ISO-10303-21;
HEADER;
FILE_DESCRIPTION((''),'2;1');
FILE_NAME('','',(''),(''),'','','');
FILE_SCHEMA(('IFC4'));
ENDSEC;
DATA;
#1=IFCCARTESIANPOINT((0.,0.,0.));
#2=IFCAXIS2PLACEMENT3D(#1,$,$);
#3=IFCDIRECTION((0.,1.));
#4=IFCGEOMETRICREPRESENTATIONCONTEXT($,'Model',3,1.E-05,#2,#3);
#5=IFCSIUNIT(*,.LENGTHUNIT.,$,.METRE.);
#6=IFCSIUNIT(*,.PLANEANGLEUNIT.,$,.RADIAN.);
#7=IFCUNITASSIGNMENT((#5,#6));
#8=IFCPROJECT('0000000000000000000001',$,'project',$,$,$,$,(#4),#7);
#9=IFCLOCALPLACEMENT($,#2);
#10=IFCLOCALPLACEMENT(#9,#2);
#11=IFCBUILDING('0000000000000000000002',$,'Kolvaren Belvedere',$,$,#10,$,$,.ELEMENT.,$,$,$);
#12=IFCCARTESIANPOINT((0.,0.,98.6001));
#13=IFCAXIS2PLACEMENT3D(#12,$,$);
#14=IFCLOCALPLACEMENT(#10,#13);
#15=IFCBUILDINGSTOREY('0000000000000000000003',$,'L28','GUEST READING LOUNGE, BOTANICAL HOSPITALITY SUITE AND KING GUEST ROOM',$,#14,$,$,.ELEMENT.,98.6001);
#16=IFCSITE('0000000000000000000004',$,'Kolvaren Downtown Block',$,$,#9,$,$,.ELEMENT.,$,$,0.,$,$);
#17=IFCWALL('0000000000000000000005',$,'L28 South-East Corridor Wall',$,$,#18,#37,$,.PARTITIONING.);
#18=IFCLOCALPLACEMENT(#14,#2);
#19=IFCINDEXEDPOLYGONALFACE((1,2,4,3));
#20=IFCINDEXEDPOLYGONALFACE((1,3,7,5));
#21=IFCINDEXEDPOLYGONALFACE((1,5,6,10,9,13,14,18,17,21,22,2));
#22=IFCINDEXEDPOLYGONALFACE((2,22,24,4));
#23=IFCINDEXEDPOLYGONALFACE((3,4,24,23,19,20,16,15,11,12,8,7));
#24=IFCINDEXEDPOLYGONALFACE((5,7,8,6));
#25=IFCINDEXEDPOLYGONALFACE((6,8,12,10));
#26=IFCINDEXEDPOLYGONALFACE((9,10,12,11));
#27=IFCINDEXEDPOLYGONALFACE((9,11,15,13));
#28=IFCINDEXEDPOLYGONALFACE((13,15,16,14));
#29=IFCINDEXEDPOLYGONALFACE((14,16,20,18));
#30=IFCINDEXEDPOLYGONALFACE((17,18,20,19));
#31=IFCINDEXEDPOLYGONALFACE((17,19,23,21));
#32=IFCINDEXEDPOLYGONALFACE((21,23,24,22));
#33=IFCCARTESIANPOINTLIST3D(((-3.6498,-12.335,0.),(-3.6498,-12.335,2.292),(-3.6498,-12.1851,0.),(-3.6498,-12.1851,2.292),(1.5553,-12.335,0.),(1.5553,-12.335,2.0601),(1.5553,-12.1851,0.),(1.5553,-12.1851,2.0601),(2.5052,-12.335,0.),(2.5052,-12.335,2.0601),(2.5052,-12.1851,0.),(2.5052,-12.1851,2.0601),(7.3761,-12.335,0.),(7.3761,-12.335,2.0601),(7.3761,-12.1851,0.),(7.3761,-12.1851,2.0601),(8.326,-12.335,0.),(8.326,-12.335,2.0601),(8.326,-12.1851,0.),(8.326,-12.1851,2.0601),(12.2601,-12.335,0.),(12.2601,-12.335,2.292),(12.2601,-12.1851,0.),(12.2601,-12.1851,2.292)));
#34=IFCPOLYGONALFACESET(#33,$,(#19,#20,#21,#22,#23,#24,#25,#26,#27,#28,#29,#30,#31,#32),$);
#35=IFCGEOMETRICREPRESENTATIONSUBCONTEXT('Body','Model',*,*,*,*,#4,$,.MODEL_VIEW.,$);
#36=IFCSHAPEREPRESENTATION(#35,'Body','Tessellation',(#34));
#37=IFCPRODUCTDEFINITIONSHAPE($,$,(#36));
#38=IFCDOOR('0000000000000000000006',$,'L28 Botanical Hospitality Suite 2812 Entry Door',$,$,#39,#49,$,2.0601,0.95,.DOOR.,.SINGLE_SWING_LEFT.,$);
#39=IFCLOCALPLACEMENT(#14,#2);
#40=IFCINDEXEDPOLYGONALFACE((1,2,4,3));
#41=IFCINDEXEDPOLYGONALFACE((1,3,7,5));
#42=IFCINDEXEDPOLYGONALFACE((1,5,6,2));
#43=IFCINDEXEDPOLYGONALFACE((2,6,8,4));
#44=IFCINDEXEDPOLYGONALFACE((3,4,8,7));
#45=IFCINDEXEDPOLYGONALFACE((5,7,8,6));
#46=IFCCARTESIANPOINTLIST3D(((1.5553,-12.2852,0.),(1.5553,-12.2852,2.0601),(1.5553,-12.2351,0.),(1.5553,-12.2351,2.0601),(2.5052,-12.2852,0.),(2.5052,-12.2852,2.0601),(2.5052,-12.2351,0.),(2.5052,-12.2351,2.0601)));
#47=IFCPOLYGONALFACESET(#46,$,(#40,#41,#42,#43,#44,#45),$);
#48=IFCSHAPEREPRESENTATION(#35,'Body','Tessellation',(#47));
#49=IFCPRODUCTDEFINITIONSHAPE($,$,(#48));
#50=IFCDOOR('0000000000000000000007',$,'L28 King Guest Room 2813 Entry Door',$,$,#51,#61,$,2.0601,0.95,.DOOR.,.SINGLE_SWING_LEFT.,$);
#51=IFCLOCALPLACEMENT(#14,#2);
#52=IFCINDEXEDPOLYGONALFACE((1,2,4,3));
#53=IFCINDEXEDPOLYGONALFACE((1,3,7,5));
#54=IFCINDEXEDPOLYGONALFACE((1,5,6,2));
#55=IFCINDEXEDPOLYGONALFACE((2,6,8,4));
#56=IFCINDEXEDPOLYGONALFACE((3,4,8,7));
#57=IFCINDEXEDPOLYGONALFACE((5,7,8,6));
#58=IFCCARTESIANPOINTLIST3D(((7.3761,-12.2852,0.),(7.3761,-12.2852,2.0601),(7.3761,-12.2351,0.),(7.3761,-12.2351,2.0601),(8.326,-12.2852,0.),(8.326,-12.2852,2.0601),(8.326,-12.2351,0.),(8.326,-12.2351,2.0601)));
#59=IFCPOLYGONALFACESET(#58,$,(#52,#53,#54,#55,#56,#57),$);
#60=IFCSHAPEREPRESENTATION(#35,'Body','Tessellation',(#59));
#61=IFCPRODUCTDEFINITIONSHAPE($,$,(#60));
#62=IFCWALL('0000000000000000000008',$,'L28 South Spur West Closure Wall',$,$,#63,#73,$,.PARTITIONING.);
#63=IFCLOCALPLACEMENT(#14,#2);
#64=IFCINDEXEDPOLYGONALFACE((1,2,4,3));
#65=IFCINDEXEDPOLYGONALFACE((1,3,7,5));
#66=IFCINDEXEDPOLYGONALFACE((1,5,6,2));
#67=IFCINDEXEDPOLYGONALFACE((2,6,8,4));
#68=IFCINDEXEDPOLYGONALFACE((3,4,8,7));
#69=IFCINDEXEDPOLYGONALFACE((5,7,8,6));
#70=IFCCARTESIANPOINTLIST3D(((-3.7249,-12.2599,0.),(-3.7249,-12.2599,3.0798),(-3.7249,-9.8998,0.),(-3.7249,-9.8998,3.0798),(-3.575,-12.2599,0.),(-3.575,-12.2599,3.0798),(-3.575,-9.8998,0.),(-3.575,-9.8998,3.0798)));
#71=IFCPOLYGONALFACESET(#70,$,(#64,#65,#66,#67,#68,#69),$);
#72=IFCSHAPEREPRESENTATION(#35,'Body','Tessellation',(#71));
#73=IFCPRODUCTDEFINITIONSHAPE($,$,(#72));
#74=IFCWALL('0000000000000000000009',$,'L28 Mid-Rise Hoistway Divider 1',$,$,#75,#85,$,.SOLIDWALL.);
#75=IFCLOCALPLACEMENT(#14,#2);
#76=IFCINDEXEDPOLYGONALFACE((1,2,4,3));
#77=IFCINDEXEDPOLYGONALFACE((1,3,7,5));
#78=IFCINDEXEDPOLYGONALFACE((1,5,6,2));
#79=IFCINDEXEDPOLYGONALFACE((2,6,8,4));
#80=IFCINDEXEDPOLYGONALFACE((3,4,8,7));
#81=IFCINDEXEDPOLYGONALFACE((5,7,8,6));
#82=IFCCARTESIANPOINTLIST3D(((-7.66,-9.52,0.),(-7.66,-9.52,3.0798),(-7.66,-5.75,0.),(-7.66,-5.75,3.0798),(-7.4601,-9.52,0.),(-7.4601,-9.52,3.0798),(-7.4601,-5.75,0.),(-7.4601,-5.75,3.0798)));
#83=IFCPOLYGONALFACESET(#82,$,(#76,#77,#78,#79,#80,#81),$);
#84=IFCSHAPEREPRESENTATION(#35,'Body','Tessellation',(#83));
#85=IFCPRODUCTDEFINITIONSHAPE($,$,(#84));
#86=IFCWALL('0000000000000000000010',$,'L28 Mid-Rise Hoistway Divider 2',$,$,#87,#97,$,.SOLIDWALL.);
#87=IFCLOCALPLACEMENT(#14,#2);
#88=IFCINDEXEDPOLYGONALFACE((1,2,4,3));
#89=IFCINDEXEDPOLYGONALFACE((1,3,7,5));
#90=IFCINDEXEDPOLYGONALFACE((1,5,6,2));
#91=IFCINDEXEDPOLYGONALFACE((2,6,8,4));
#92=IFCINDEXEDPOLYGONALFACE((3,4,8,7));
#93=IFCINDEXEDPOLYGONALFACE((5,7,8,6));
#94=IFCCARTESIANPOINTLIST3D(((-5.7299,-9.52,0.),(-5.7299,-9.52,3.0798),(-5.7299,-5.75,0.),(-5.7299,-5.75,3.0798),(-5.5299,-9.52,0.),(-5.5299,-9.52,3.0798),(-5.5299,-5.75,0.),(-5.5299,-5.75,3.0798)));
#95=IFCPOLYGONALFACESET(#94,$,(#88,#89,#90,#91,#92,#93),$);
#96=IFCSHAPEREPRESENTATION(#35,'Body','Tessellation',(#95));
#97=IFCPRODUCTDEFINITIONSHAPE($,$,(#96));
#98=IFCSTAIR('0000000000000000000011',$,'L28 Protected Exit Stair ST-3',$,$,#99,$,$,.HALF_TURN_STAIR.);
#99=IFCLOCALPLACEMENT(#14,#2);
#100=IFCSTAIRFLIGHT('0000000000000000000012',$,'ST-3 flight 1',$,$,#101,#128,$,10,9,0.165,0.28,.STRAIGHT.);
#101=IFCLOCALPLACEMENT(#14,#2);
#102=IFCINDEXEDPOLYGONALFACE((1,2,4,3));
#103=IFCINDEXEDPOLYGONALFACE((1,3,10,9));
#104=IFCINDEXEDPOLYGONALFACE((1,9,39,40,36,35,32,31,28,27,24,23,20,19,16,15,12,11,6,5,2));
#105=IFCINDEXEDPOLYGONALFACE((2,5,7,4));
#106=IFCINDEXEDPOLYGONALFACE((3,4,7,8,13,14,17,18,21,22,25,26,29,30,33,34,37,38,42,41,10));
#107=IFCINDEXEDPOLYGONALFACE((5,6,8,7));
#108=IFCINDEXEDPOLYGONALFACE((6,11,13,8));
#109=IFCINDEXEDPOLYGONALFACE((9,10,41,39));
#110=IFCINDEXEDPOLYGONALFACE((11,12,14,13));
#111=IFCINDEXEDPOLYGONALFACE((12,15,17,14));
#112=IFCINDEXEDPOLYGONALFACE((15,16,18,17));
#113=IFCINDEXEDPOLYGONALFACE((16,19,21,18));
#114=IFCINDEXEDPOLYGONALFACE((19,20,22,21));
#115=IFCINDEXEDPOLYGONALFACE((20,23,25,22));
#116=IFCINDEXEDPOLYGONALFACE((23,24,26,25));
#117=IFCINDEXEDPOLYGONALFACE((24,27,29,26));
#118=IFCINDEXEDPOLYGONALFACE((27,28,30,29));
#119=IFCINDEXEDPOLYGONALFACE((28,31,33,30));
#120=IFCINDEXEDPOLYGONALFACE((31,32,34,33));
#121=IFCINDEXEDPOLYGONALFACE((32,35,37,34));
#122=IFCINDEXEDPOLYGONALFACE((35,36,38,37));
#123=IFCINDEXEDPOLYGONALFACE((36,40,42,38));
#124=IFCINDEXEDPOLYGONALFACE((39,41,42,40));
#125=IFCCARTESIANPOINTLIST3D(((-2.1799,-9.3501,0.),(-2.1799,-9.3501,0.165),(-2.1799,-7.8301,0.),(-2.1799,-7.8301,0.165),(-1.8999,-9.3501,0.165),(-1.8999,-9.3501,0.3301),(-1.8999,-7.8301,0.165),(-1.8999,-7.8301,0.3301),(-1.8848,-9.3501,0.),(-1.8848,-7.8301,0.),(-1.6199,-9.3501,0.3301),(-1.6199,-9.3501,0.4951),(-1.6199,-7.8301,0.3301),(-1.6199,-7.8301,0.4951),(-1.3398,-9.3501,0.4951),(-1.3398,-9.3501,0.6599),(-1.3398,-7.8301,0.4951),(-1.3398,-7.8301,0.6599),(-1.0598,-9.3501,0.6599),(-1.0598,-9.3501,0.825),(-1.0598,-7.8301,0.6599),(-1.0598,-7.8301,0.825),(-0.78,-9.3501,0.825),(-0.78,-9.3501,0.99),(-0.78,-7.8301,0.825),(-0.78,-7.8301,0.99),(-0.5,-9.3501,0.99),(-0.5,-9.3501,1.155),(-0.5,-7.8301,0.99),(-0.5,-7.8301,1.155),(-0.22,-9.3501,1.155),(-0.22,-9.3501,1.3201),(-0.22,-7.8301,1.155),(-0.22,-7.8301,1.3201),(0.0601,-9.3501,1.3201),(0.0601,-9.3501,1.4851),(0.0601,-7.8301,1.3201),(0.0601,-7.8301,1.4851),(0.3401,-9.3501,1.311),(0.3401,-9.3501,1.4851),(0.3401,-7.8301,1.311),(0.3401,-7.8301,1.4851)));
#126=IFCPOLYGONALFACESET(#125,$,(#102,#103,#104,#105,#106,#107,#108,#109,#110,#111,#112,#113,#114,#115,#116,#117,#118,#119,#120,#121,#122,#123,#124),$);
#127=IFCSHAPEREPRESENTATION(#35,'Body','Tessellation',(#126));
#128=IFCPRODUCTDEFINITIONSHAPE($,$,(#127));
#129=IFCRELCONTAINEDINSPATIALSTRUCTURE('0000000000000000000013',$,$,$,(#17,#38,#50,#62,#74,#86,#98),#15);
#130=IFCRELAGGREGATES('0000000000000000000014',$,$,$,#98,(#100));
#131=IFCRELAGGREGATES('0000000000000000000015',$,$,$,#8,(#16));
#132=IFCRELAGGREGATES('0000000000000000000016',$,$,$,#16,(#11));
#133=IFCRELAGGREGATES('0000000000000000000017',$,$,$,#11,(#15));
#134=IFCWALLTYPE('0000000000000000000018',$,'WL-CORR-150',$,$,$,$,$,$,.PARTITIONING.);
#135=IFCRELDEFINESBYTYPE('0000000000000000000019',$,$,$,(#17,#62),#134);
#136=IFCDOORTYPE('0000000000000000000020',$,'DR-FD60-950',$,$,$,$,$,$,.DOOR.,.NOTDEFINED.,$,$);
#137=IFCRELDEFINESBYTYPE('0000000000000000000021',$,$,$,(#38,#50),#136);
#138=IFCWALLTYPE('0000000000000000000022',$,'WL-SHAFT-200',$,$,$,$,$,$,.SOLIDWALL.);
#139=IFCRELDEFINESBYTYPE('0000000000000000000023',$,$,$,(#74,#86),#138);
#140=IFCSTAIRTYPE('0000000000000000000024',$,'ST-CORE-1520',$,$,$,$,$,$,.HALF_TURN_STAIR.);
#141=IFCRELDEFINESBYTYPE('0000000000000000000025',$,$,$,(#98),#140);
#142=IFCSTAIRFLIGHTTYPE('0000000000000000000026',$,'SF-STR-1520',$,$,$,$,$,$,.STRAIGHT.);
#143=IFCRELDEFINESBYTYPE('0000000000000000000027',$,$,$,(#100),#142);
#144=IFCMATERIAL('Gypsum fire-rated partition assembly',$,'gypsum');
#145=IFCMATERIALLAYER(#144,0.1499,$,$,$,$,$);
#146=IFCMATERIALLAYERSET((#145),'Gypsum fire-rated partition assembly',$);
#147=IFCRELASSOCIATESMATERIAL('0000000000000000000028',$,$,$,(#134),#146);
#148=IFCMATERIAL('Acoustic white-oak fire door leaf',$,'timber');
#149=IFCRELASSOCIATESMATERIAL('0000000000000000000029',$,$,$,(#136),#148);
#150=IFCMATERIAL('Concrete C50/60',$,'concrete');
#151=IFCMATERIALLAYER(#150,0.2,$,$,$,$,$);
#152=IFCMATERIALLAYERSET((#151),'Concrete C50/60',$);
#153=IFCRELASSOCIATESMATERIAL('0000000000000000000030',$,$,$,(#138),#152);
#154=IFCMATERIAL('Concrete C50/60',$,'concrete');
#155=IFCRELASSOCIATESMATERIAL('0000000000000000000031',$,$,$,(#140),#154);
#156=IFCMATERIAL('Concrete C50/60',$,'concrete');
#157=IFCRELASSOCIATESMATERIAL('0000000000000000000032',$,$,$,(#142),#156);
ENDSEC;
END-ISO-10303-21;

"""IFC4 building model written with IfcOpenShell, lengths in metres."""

from ifc_helpers import new_model, si_unit, direction, frame, frame_2d, origin, place, context, subcontext, project, spatial, polyline, rectangle, outline, extrude, material, layer, layer_set, type_object, element, fill, aggregate, save


model = new_model("IFC4")

# Units and contexts
model_context = context("Model", 3, precision=1e-05, world=origin(), true_north=direction((0.0, 1.0)))
body_context = subcontext(model_context, "Body", "Model", "MODEL_VIEW")
ifc_project = project(units=[si_unit("LENGTHUNIT", "METRE"), si_unit("PLANEANGLEUNIT", "RADIAN")], contexts=[model_context])

# Site, building, storey
site_placement = place(None, origin())
site = spatial("IfcSite", under=ifc_project, at=site_placement, Name="Kolvaren Downtown Block", CompositionType="ELEMENT", RefElevation=0.0)
building_placement = place(site_placement, origin())
building = spatial("IfcBuilding", under=site, at=building_placement, Name="Kolvaren Belvedere", CompositionType="ELEMENT")
storey_placement = place(building_placement, frame((0.0, 0.0, 98.6001)))
storey = spatial("IfcBuildingStorey", under=building, at=storey_placement, Name="L28", Description="GUEST READING LOUNGE, BOTANICAL HOSPITALITY SUITE AND KING GUEST ROOM", CompositionType="ELEMENT", Elevation=98.6001)

# Wall, openings, doors
ifc_material_1 = material(Name="Gypsum fire-rated partition assembly", Category="gypsum")
ifc_layer_1 = layer(ifc_material_1, 0.1499)
ifc_layer_set_1 = layer_set([ifc_layer_1], Name="Gypsum fire-rated partition assembly")
wall_type_1 = type_object("IfcWallType", Name="WL-CORR-150", PredefinedType="PARTITIONING", material=ifc_layer_set_1)
wall_1_placement = place(storey_placement, frame((-3.6499, -12.26, 0.0), z_axis=(0.0, 0.0, 1.0), x_axis=(1.0, 0.0, 0.0)))
wall_1 = element("IfcWall", 1, at=wall_1_placement, inside=storey, type_object=wall_type_1, Name="L28 South-East Corridor Wall", PredefinedType="PARTITIONING", context=body_context, shape_type="SweptSolid", body=[
    extrude(rectangle(XDim=15.9099, YDim=0.1499, at=frame_2d((7.9551, 0.0))), origin(), (0.0, 0.0, 1.0), 2.292),
])
opening_1_placement = place(wall_1_placement, frame((5.2051, 0.0, 0.0)))
opening_1 = element("IfcOpeningElement", 2, at=opening_1_placement, cuts=wall_1, PredefinedType="OPENING", context=body_context, shape_type="SweptSolid", body=[
    extrude(rectangle(XDim=0.95, YDim=2.0601, at=frame_2d((0.4751, 1.03))), frame((0.0, 0.085, 0.0), z_axis=(0.0, -1.0, 0.0), x_axis=(1.0, 0.0, 0.0)), (0.0, 0.0, 1.0), 0.1699),
])
opening_2_placement = place(wall_1_placement, frame((11.0259, 0.0, 0.0)))
opening_2 = element("IfcOpeningElement", 3, at=opening_2_placement, cuts=wall_1, PredefinedType="OPENING", context=body_context, shape_type="SweptSolid", body=[
    extrude(rectangle(XDim=0.95, YDim=2.0601, at=frame_2d((0.4751, 1.03))), frame((0.0, 0.085, 0.0), z_axis=(0.0, -1.0, 0.0), x_axis=(1.0, 0.0, 0.0)), (0.0, 0.0, 1.0), 0.1699),
])
ifc_material_2 = material(Name="Acoustic white-oak fire door leaf", Category="timber")
door_type = type_object("IfcDoorType", Name="DR-FD60-950", OperationType="NOTDEFINED", PredefinedType="DOOR", material=ifc_material_2)
door_1_placement = place(opening_1_placement, origin())
door_1 = element("IfcDoor", 4, at=door_1_placement, inside=storey, type_object=door_type, Name="L28 Botanical Hospitality Suite 2812 Entry Door", OperationType="SINGLE_SWING_LEFT", OverallHeight=2.0601, OverallWidth=0.95, PredefinedType="DOOR", context=body_context, shape_type="SweptSolid", body=[
    extrude(rectangle(XDim=0.95, YDim=2.0601, at=frame_2d((0.4751, 1.03))), frame((0.0, 0.0249, 0.0), z_axis=(0.0, -1.0, 0.0), x_axis=(1.0, 0.0, 0.0)), (0.0, 0.0, 1.0), 0.05),
])
fill(opening_1, door_1)
door_2_placement = place(opening_2_placement, origin())
door_2 = element("IfcDoor", 5, at=door_2_placement, inside=storey, type_object=door_type, Name="L28 King Guest Room 2813 Entry Door", OperationType="SINGLE_SWING_LEFT", OverallHeight=2.0601, OverallWidth=0.95, PredefinedType="DOOR", context=body_context, shape_type="SweptSolid", body=[
    extrude(rectangle(XDim=0.95, YDim=2.0601, at=frame_2d((0.4751, 1.03))), frame((0.0, 0.0249, 0.0), z_axis=(0.0, -1.0, 0.0), x_axis=(1.0, 0.0, 0.0)), (0.0, 0.0, 1.0), 0.05),
])
fill(opening_2, door_2)

# Walls
wall_2_placement = place(storey_placement, frame((-3.6499, -12.26, 0.0), z_axis=(0.0, 0.0, 1.0), x_axis=(0.0, 1.0, 0.0)))
element("IfcWall", 6, at=wall_2_placement, inside=storey, type_object=wall_type_1, Name="L28 South Spur West Closure Wall", PredefinedType="PARTITIONING", context=body_context, shape_type="SweptSolid", body=[
    extrude(rectangle(XDim=2.3601, YDim=0.1499, at=frame_2d((1.1802, 0.0))), origin(), (0.0, 0.0, 1.0), 3.0798),
])
ifc_material_3 = material(Name="Concrete C50/60", Category="concrete")
ifc_layer_2 = layer(ifc_material_3, 0.2)
ifc_layer_set_2 = layer_set([ifc_layer_2], Name="Concrete C50/60")
wall_type_2 = type_object("IfcWallType", Name="WL-SHAFT-200", PredefinedType="SOLIDWALL", material=ifc_layer_set_2)
for number, where, z_axis, x_axis, name in (
    (7, (-7.5601, -9.52, 0.0), (0.0, 0.0, 1.0), (0.0, 1.0, 0.0), "L28 Mid-Rise Hoistway Divider 1"),
    (8, (-5.6299, -9.52, 0.0), (0.0, 0.0, 1.0), (0.0, 1.0, 0.0), "L28 Mid-Rise Hoistway Divider 2"),
):
    element("IfcWall", number, at=place(storey_placement, frame(where, z_axis=z_axis, x_axis=x_axis)), inside=storey, type_object=wall_type_2, Name=name, PredefinedType="SOLIDWALL", context=body_context, shape_type="SweptSolid", body=[
        extrude(rectangle(XDim=3.77, YDim=0.2, at=frame_2d((1.885, 0.0))), origin(), (0.0, 0.0, 1.0), 3.0798),
    ])

# Stair, stair flight
ifc_material_4 = material(Name="Concrete C50/60", Category="concrete")
stair_type = type_object("IfcStairType", Name="ST-CORE-1520", PredefinedType="HALF_TURN_STAIR", material=ifc_material_4)
stair_placement = place(storey_placement, origin())
stair = element("IfcStair", 9, at=stair_placement, inside=storey, type_object=stair_type, Name="L28 Protected Exit Stair ST-3", PredefinedType="HALF_TURN_STAIR")
ifc_material_5 = material(Name="Concrete C50/60", Category="concrete")
stair_flight_type = type_object("IfcStairFlightType", Name="SF-STR-1520", PredefinedType="STRAIGHT", material=ifc_material_5)
stair_flight_placement = place(storey_placement, frame((-2.1799, -8.5901, 0.0), z_axis=(0.0, 0.0, 1.0), x_axis=(1.0, 0.0, 0.0)))
stair_flight = element("IfcStairFlight", 10, at=stair_flight_placement, type_object=stair_flight_type, Name="ST-3 flight 1", NumberOfRisers=10, NumberOfTreads=9, PredefinedType="STRAIGHT", RiserHeight=0.165, TreadLength=0.28, context=body_context, shape_type="SweptSolid", body=[
    extrude(outline(polyline([(0.0, 0.0), (0.0, 0.165), (0.28, 0.165), (0.28, 0.3301), (0.5601, 0.3301), (0.5601, 0.4951), (0.8401, 0.4951), (0.8401, 0.6599), (1.1201, 0.6599), (1.1201, 0.825), (1.3999, 0.825), (1.3999, 0.99), (1.6799, 0.99), (1.6799, 1.155), (1.96, 1.155), (1.96, 1.3201), (2.24, 1.3201), (2.24, 1.4851), (2.52, 1.4851), (2.52, 1.6499), (2.52, 1.311), (0.2952, 0.0), (0.0, 0.0)])), frame((0.0, 0.76, 0.0), z_axis=(0.0, -1.0, 0.0), x_axis=(1.0, 0.0, 0.0)), (0.0, 0.0, 1.0), 1.52),
])
aggregate(stair, [stair_flight])

save(model, "model.ifc")
